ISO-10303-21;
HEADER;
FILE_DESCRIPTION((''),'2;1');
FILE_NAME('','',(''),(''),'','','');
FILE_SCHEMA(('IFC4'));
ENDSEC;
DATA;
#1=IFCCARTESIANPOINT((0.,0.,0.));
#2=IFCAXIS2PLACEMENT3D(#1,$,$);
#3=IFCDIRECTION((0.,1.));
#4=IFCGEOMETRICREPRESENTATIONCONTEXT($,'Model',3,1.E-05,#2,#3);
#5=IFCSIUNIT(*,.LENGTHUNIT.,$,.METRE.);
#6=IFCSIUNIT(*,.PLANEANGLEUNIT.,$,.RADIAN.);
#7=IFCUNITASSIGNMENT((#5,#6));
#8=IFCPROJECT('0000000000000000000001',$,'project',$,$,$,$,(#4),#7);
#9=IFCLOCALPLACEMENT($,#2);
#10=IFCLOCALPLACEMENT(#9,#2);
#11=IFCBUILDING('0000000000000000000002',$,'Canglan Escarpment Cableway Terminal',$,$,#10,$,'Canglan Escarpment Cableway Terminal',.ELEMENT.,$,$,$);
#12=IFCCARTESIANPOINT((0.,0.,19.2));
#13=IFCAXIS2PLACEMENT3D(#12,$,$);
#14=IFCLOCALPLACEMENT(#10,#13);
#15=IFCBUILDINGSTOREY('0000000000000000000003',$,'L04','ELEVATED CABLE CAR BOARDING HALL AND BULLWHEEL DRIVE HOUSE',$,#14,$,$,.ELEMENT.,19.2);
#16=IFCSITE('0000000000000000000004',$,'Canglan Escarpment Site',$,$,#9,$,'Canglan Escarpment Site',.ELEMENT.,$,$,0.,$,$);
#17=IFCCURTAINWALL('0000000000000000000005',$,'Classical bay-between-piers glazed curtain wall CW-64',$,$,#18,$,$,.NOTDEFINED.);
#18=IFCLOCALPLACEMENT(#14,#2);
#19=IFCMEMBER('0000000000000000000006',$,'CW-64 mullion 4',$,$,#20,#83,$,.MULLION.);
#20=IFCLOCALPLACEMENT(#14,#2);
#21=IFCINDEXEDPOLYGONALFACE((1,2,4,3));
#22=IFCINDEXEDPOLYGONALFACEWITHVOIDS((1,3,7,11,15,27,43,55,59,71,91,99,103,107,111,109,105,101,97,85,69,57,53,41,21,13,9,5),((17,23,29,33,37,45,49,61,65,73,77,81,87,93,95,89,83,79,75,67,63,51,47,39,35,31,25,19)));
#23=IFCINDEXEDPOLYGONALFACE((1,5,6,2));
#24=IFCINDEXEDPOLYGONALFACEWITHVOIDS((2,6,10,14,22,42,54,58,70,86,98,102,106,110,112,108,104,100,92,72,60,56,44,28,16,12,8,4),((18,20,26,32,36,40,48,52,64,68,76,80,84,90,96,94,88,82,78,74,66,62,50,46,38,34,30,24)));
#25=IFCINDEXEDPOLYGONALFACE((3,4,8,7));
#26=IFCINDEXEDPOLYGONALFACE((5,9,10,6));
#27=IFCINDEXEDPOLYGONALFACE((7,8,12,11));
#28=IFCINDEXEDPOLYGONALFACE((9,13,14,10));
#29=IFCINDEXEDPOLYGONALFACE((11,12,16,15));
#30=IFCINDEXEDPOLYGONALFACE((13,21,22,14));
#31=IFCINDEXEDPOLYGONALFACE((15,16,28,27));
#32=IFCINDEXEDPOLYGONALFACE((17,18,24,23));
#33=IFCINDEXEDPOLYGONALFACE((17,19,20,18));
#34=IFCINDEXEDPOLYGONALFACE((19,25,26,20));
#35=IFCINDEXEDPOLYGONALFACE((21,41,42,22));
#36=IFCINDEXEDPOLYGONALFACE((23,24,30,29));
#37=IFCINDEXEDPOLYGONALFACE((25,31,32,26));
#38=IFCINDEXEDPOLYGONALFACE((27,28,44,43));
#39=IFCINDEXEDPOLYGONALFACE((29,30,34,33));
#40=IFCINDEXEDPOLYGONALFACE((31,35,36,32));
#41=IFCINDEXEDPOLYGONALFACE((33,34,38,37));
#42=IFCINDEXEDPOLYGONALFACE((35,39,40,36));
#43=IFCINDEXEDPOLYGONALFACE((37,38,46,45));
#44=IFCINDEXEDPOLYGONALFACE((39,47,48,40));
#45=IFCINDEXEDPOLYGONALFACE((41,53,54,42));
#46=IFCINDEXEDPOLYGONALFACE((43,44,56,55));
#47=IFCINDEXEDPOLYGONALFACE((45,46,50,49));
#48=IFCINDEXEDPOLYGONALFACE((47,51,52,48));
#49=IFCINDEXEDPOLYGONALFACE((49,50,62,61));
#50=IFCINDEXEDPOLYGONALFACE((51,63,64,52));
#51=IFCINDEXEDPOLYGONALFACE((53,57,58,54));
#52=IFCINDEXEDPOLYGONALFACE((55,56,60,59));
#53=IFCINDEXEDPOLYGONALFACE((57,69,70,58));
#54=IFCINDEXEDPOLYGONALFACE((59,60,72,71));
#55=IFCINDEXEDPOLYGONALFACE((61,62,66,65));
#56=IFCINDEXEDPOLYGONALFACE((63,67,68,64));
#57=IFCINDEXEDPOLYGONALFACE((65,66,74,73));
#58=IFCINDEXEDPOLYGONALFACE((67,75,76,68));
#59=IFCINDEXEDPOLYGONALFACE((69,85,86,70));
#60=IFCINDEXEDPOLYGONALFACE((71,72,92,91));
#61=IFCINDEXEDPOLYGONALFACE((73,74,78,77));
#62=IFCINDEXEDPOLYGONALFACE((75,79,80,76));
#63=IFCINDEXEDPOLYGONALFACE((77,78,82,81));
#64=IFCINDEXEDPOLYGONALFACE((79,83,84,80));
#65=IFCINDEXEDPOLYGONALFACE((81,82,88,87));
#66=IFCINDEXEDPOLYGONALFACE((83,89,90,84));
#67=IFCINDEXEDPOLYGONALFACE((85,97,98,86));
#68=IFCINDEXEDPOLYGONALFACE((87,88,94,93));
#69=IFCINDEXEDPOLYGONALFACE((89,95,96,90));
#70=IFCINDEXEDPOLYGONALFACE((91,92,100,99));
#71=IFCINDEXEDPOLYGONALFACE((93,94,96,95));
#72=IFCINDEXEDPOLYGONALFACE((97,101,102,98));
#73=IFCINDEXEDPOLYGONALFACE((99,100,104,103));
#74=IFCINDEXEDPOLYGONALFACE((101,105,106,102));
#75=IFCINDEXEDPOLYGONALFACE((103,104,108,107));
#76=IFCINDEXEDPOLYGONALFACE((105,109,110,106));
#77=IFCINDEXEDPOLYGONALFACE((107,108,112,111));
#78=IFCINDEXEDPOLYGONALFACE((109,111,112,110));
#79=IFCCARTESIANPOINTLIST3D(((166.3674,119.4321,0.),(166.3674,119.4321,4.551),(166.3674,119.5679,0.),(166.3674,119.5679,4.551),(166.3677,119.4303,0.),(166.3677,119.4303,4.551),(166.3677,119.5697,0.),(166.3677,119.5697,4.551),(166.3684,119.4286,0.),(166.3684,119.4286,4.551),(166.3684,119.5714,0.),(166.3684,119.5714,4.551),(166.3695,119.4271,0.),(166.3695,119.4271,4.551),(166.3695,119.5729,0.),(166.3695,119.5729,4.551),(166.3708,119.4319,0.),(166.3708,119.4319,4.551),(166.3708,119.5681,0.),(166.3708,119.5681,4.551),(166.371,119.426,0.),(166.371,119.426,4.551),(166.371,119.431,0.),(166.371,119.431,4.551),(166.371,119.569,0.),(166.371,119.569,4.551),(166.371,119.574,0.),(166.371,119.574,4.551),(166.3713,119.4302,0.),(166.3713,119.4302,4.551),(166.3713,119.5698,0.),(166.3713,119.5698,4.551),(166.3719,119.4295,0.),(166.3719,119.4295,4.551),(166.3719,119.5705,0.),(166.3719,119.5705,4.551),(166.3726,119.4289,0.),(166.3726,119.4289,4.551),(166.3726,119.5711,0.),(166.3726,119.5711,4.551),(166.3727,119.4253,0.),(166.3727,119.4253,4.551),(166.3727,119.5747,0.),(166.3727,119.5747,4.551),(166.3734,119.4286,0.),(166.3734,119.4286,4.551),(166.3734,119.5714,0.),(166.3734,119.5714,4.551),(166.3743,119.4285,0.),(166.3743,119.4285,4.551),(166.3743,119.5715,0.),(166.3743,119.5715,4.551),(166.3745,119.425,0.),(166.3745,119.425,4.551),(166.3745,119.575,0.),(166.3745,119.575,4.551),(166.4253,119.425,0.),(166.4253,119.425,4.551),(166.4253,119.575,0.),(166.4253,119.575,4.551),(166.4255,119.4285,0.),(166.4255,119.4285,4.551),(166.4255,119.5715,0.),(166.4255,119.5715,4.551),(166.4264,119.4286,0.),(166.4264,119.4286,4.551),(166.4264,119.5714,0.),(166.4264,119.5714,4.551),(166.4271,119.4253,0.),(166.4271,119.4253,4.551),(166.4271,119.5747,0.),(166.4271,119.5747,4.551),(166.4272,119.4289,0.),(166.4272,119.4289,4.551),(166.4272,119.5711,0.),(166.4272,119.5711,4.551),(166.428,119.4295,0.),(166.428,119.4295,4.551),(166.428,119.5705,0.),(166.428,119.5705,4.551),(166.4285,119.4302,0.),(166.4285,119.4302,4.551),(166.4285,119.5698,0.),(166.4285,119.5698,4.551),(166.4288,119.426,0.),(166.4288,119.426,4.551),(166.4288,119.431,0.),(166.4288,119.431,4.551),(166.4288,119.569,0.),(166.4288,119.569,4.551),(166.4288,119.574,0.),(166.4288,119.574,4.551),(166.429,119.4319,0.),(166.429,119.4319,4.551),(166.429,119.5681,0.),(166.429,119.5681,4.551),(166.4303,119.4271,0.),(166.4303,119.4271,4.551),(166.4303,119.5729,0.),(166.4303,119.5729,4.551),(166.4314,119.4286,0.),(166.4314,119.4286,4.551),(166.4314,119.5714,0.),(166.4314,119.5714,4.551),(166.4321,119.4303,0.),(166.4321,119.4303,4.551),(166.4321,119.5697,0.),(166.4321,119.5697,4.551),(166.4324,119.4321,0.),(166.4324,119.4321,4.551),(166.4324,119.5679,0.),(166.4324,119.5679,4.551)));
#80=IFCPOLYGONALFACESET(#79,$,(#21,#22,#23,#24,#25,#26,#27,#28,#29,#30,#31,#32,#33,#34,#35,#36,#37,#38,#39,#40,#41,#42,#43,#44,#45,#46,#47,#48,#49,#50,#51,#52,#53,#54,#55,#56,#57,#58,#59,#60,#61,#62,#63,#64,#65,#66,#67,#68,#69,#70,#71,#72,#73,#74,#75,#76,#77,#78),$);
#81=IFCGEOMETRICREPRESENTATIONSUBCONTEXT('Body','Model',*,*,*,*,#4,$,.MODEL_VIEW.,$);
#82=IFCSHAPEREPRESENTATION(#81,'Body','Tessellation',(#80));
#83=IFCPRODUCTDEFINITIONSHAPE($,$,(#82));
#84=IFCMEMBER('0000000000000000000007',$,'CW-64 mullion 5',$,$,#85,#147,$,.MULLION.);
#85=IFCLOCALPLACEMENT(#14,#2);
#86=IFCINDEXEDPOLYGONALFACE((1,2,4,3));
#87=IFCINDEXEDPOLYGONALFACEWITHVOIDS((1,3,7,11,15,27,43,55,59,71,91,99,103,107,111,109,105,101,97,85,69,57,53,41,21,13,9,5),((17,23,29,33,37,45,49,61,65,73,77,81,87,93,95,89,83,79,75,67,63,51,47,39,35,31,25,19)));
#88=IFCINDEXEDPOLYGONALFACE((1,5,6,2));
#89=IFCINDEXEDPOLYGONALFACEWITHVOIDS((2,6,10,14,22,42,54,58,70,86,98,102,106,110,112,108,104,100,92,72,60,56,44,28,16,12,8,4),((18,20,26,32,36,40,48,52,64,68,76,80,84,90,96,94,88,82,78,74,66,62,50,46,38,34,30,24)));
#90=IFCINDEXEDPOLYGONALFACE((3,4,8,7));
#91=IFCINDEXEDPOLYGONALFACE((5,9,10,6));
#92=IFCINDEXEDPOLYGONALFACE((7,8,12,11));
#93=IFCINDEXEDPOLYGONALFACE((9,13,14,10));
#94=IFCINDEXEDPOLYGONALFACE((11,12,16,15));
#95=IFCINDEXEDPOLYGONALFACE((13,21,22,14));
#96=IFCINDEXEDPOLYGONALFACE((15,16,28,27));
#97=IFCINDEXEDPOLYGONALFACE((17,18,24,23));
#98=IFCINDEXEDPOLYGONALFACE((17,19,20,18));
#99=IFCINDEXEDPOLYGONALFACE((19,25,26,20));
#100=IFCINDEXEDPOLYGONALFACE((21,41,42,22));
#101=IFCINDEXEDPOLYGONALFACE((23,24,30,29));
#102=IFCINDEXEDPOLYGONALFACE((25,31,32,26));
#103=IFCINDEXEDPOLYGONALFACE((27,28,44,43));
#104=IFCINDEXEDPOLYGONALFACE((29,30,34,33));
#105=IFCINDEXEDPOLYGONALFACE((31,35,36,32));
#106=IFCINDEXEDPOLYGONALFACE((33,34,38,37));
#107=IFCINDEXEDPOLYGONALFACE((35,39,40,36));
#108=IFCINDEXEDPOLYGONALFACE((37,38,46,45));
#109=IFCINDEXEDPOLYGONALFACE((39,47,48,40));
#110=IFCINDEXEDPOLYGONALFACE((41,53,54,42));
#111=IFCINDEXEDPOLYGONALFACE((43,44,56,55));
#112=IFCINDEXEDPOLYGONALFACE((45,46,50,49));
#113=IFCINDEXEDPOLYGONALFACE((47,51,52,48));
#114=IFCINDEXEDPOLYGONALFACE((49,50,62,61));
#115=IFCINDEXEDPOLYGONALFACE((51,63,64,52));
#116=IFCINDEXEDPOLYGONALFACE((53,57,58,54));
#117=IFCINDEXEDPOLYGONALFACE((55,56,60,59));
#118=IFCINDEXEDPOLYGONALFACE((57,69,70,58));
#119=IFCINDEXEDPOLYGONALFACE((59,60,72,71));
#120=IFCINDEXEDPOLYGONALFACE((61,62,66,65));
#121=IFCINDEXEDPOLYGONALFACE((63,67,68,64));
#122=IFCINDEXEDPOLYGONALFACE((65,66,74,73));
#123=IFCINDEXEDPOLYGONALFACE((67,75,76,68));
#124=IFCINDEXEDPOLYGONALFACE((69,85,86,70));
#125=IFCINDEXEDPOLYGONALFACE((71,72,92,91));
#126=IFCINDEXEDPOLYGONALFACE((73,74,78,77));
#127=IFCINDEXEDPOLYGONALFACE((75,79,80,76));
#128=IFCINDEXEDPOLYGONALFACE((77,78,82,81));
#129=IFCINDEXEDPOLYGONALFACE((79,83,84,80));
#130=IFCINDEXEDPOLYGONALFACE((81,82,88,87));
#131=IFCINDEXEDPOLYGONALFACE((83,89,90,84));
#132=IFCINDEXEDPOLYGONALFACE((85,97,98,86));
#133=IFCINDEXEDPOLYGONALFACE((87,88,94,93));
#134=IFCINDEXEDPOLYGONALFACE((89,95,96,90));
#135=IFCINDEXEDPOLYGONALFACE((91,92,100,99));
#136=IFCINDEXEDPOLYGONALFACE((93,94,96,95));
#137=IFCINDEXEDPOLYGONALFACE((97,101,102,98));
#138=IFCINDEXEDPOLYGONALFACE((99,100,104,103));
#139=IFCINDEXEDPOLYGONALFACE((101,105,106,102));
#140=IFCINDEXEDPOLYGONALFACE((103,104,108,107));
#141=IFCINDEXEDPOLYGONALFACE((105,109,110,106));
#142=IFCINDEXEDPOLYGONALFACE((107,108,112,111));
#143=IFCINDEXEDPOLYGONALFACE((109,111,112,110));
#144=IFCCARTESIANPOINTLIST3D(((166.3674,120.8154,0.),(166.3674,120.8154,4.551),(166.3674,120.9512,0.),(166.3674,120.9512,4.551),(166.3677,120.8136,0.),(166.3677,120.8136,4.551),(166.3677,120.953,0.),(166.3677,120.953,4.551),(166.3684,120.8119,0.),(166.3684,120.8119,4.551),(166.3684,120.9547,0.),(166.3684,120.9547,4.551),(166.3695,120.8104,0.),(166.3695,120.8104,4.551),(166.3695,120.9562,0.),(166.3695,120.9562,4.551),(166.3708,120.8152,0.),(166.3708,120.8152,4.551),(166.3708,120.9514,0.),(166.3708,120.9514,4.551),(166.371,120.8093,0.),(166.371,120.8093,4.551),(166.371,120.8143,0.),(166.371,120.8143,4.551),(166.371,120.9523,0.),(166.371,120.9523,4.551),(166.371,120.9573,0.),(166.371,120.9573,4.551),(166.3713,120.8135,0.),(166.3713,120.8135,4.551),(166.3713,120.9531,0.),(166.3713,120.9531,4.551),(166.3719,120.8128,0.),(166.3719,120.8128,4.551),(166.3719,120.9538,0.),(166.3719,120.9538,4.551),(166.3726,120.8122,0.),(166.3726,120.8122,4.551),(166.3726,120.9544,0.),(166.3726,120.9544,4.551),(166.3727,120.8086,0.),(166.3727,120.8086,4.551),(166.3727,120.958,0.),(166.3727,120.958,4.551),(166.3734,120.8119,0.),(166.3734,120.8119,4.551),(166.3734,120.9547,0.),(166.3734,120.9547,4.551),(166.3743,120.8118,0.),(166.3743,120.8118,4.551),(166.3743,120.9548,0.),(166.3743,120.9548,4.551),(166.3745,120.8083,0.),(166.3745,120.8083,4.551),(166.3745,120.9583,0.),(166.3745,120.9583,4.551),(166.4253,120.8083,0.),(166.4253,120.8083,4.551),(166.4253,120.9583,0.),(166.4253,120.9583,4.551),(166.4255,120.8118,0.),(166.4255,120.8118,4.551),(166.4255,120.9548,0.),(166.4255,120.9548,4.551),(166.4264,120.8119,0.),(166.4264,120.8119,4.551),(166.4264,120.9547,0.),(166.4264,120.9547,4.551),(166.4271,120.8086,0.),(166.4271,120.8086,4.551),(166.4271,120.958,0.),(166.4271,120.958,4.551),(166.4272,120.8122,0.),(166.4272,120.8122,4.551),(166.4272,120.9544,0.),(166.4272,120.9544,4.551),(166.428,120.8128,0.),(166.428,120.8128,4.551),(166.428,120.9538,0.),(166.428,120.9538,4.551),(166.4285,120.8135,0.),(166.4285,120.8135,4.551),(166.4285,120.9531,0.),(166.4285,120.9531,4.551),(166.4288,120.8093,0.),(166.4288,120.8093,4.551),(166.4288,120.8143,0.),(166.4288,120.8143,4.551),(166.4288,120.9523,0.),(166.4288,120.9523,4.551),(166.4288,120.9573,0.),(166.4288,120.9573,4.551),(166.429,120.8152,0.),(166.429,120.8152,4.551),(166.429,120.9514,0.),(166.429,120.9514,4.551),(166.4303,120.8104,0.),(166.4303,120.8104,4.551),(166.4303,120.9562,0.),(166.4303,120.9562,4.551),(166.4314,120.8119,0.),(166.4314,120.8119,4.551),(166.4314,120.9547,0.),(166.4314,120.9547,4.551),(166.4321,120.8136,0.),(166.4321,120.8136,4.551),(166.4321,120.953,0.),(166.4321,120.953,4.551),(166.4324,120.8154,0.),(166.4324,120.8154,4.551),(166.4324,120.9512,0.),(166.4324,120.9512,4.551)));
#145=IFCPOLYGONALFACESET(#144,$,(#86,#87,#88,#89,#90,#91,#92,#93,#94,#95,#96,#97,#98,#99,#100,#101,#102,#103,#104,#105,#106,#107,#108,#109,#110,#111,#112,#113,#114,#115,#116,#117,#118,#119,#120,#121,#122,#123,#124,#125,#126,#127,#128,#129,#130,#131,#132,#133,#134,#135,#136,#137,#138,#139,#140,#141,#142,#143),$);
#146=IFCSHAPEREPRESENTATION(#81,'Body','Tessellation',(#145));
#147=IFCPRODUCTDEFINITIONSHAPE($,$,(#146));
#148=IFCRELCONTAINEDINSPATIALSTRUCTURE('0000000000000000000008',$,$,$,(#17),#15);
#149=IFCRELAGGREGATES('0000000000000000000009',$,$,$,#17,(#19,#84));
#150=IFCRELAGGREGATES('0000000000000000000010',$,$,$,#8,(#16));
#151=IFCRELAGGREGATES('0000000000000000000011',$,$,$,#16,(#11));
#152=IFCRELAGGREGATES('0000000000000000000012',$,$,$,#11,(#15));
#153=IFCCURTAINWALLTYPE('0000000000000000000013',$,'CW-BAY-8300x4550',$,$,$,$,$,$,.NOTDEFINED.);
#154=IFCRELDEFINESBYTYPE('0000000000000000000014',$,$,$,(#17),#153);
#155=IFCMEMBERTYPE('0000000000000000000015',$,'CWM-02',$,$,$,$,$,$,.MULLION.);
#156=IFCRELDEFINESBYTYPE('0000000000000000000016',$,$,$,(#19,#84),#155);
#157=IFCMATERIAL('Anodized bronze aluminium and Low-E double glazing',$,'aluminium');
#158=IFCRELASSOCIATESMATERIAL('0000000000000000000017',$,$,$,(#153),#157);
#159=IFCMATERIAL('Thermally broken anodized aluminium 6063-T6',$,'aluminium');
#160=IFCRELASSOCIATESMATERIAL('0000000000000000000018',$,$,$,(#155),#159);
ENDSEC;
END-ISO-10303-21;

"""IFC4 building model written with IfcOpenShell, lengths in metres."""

from ifc_helpers import new_model, si_unit, direction, frame, origin, origin_2d, place, context, subcontext, project, spatial, hollow_rectangle, extrude, material, material_profile, profile_set, type_object, element, aggregate, save


model = new_model("IFC4")

# Units and contexts
model_context = context("Model", 3, precision=1e-05, world=origin(), true_north=direction((0.0, 1.0)))
body_context = subcontext(model_context, "Body", "Model", "MODEL_VIEW")
ifc_project = project(units=[si_unit("LENGTHUNIT", "METRE"), si_unit("PLANEANGLEUNIT", "RADIAN")], contexts=[model_context])

# Site, building, storey
site_placement = place(None, origin())
site = spatial("IfcSite", under=ifc_project, at=site_placement, Name="Canglan Escarpment Site", LongName="Canglan Escarpment Site", CompositionType="ELEMENT", RefElevation=0.0)
building_placement = place(site_placement, origin())
building = spatial("IfcBuilding", under=site, at=building_placement, Name="Canglan Escarpment Cableway Terminal", LongName="Canglan Escarpment Cableway Terminal", CompositionType="ELEMENT")
storey_placement = place(building_placement, frame((0.0, 0.0, 19.2)))
storey = spatial("IfcBuildingStorey", under=building, at=storey_placement, Name="L04", Description="ELEVATED CABLE CAR BOARDING HALL AND BULLWHEEL DRIVE HOUSE", CompositionType="ELEMENT", Elevation=19.2)

# Curtain wall, members
ifc_material_1 = material(Name="Anodized bronze aluminium and Low-E double glazing", Category="aluminium")
curtain_wall_type = type_object("IfcCurtainWallType", Name="CW-BAY-8300x4550", PredefinedType="NOTDEFINED", material=ifc_material_1)
curtain_wall_placement = place(storey_placement, origin())
curtain_wall = element("IfcCurtainWall", 1, at=curtain_wall_placement, inside=storey, type_object=curtain_wall_type, Name="Classical bay-between-piers glazed curtain wall CW-64", PredefinedType="NOTDEFINED")
ifc_material_2 = material(Name="Thermally broken anodized aluminium 6063-T6", Category="aluminium")
ifc_material_profile_1 = material_profile(ifc_material_2, hollow_rectangle(XDim=0.0649, YDim=0.1499, WallThickness=0.0034, InnerFilletRadius=0.0034, OuterFilletRadius=0.0071, at=origin_2d()), Name="ALU-MULL 65x150x3.5")
ifc_profile_set_1 = profile_set([ifc_material_profile_1], Name="Thermally broken anodized aluminium 6063-T6")
member_type_1 = type_object("IfcMemberType", Name="CWM-02", PredefinedType="MULLION", material=ifc_profile_set_1)
member_1_placement = place(storey_placement, frame((166.3999, 119.5, 0.0), z_axis=(0.0, 0.0, 1.0), x_axis=(-1.0, 0.0, 0.0)))
member_1 = element("IfcMember", 2, at=member_1_placement, type_object=member_type_1, Name="CW-64 mullion 4", PredefinedType="MULLION", context=body_context, shape_type="SweptSolid", body=[
    extrude(hollow_rectangle(XDim=0.0649, YDim=0.1499, WallThickness=0.0034, InnerFilletRadius=0.0034, OuterFilletRadius=0.0071, at=origin_2d()), origin(), (0.0, 0.0, 1.0), 4.551),
])
member_2_placement = place(storey_placement, frame((166.3999, 120.8833, 0.0), z_axis=(0.0, 0.0, 1.0), x_axis=(-1.0, 0.0, 0.0)))
member_2 = element("IfcMember", 3, at=member_2_placement, type_object=member_type_1, Name="CW-64 mullion 5", PredefinedType="MULLION", context=body_context, shape_type="SweptSolid", body=[
    extrude(hollow_rectangle(XDim=0.0649, YDim=0.1499, WallThickness=0.0034, InnerFilletRadius=0.0034, OuterFilletRadius=0.0071, at=origin_2d()), origin(), (0.0, 0.0, 1.0), 4.551),
])
aggregate(curtain_wall, [member_1, member_2])

save(model, "model.ifc")
